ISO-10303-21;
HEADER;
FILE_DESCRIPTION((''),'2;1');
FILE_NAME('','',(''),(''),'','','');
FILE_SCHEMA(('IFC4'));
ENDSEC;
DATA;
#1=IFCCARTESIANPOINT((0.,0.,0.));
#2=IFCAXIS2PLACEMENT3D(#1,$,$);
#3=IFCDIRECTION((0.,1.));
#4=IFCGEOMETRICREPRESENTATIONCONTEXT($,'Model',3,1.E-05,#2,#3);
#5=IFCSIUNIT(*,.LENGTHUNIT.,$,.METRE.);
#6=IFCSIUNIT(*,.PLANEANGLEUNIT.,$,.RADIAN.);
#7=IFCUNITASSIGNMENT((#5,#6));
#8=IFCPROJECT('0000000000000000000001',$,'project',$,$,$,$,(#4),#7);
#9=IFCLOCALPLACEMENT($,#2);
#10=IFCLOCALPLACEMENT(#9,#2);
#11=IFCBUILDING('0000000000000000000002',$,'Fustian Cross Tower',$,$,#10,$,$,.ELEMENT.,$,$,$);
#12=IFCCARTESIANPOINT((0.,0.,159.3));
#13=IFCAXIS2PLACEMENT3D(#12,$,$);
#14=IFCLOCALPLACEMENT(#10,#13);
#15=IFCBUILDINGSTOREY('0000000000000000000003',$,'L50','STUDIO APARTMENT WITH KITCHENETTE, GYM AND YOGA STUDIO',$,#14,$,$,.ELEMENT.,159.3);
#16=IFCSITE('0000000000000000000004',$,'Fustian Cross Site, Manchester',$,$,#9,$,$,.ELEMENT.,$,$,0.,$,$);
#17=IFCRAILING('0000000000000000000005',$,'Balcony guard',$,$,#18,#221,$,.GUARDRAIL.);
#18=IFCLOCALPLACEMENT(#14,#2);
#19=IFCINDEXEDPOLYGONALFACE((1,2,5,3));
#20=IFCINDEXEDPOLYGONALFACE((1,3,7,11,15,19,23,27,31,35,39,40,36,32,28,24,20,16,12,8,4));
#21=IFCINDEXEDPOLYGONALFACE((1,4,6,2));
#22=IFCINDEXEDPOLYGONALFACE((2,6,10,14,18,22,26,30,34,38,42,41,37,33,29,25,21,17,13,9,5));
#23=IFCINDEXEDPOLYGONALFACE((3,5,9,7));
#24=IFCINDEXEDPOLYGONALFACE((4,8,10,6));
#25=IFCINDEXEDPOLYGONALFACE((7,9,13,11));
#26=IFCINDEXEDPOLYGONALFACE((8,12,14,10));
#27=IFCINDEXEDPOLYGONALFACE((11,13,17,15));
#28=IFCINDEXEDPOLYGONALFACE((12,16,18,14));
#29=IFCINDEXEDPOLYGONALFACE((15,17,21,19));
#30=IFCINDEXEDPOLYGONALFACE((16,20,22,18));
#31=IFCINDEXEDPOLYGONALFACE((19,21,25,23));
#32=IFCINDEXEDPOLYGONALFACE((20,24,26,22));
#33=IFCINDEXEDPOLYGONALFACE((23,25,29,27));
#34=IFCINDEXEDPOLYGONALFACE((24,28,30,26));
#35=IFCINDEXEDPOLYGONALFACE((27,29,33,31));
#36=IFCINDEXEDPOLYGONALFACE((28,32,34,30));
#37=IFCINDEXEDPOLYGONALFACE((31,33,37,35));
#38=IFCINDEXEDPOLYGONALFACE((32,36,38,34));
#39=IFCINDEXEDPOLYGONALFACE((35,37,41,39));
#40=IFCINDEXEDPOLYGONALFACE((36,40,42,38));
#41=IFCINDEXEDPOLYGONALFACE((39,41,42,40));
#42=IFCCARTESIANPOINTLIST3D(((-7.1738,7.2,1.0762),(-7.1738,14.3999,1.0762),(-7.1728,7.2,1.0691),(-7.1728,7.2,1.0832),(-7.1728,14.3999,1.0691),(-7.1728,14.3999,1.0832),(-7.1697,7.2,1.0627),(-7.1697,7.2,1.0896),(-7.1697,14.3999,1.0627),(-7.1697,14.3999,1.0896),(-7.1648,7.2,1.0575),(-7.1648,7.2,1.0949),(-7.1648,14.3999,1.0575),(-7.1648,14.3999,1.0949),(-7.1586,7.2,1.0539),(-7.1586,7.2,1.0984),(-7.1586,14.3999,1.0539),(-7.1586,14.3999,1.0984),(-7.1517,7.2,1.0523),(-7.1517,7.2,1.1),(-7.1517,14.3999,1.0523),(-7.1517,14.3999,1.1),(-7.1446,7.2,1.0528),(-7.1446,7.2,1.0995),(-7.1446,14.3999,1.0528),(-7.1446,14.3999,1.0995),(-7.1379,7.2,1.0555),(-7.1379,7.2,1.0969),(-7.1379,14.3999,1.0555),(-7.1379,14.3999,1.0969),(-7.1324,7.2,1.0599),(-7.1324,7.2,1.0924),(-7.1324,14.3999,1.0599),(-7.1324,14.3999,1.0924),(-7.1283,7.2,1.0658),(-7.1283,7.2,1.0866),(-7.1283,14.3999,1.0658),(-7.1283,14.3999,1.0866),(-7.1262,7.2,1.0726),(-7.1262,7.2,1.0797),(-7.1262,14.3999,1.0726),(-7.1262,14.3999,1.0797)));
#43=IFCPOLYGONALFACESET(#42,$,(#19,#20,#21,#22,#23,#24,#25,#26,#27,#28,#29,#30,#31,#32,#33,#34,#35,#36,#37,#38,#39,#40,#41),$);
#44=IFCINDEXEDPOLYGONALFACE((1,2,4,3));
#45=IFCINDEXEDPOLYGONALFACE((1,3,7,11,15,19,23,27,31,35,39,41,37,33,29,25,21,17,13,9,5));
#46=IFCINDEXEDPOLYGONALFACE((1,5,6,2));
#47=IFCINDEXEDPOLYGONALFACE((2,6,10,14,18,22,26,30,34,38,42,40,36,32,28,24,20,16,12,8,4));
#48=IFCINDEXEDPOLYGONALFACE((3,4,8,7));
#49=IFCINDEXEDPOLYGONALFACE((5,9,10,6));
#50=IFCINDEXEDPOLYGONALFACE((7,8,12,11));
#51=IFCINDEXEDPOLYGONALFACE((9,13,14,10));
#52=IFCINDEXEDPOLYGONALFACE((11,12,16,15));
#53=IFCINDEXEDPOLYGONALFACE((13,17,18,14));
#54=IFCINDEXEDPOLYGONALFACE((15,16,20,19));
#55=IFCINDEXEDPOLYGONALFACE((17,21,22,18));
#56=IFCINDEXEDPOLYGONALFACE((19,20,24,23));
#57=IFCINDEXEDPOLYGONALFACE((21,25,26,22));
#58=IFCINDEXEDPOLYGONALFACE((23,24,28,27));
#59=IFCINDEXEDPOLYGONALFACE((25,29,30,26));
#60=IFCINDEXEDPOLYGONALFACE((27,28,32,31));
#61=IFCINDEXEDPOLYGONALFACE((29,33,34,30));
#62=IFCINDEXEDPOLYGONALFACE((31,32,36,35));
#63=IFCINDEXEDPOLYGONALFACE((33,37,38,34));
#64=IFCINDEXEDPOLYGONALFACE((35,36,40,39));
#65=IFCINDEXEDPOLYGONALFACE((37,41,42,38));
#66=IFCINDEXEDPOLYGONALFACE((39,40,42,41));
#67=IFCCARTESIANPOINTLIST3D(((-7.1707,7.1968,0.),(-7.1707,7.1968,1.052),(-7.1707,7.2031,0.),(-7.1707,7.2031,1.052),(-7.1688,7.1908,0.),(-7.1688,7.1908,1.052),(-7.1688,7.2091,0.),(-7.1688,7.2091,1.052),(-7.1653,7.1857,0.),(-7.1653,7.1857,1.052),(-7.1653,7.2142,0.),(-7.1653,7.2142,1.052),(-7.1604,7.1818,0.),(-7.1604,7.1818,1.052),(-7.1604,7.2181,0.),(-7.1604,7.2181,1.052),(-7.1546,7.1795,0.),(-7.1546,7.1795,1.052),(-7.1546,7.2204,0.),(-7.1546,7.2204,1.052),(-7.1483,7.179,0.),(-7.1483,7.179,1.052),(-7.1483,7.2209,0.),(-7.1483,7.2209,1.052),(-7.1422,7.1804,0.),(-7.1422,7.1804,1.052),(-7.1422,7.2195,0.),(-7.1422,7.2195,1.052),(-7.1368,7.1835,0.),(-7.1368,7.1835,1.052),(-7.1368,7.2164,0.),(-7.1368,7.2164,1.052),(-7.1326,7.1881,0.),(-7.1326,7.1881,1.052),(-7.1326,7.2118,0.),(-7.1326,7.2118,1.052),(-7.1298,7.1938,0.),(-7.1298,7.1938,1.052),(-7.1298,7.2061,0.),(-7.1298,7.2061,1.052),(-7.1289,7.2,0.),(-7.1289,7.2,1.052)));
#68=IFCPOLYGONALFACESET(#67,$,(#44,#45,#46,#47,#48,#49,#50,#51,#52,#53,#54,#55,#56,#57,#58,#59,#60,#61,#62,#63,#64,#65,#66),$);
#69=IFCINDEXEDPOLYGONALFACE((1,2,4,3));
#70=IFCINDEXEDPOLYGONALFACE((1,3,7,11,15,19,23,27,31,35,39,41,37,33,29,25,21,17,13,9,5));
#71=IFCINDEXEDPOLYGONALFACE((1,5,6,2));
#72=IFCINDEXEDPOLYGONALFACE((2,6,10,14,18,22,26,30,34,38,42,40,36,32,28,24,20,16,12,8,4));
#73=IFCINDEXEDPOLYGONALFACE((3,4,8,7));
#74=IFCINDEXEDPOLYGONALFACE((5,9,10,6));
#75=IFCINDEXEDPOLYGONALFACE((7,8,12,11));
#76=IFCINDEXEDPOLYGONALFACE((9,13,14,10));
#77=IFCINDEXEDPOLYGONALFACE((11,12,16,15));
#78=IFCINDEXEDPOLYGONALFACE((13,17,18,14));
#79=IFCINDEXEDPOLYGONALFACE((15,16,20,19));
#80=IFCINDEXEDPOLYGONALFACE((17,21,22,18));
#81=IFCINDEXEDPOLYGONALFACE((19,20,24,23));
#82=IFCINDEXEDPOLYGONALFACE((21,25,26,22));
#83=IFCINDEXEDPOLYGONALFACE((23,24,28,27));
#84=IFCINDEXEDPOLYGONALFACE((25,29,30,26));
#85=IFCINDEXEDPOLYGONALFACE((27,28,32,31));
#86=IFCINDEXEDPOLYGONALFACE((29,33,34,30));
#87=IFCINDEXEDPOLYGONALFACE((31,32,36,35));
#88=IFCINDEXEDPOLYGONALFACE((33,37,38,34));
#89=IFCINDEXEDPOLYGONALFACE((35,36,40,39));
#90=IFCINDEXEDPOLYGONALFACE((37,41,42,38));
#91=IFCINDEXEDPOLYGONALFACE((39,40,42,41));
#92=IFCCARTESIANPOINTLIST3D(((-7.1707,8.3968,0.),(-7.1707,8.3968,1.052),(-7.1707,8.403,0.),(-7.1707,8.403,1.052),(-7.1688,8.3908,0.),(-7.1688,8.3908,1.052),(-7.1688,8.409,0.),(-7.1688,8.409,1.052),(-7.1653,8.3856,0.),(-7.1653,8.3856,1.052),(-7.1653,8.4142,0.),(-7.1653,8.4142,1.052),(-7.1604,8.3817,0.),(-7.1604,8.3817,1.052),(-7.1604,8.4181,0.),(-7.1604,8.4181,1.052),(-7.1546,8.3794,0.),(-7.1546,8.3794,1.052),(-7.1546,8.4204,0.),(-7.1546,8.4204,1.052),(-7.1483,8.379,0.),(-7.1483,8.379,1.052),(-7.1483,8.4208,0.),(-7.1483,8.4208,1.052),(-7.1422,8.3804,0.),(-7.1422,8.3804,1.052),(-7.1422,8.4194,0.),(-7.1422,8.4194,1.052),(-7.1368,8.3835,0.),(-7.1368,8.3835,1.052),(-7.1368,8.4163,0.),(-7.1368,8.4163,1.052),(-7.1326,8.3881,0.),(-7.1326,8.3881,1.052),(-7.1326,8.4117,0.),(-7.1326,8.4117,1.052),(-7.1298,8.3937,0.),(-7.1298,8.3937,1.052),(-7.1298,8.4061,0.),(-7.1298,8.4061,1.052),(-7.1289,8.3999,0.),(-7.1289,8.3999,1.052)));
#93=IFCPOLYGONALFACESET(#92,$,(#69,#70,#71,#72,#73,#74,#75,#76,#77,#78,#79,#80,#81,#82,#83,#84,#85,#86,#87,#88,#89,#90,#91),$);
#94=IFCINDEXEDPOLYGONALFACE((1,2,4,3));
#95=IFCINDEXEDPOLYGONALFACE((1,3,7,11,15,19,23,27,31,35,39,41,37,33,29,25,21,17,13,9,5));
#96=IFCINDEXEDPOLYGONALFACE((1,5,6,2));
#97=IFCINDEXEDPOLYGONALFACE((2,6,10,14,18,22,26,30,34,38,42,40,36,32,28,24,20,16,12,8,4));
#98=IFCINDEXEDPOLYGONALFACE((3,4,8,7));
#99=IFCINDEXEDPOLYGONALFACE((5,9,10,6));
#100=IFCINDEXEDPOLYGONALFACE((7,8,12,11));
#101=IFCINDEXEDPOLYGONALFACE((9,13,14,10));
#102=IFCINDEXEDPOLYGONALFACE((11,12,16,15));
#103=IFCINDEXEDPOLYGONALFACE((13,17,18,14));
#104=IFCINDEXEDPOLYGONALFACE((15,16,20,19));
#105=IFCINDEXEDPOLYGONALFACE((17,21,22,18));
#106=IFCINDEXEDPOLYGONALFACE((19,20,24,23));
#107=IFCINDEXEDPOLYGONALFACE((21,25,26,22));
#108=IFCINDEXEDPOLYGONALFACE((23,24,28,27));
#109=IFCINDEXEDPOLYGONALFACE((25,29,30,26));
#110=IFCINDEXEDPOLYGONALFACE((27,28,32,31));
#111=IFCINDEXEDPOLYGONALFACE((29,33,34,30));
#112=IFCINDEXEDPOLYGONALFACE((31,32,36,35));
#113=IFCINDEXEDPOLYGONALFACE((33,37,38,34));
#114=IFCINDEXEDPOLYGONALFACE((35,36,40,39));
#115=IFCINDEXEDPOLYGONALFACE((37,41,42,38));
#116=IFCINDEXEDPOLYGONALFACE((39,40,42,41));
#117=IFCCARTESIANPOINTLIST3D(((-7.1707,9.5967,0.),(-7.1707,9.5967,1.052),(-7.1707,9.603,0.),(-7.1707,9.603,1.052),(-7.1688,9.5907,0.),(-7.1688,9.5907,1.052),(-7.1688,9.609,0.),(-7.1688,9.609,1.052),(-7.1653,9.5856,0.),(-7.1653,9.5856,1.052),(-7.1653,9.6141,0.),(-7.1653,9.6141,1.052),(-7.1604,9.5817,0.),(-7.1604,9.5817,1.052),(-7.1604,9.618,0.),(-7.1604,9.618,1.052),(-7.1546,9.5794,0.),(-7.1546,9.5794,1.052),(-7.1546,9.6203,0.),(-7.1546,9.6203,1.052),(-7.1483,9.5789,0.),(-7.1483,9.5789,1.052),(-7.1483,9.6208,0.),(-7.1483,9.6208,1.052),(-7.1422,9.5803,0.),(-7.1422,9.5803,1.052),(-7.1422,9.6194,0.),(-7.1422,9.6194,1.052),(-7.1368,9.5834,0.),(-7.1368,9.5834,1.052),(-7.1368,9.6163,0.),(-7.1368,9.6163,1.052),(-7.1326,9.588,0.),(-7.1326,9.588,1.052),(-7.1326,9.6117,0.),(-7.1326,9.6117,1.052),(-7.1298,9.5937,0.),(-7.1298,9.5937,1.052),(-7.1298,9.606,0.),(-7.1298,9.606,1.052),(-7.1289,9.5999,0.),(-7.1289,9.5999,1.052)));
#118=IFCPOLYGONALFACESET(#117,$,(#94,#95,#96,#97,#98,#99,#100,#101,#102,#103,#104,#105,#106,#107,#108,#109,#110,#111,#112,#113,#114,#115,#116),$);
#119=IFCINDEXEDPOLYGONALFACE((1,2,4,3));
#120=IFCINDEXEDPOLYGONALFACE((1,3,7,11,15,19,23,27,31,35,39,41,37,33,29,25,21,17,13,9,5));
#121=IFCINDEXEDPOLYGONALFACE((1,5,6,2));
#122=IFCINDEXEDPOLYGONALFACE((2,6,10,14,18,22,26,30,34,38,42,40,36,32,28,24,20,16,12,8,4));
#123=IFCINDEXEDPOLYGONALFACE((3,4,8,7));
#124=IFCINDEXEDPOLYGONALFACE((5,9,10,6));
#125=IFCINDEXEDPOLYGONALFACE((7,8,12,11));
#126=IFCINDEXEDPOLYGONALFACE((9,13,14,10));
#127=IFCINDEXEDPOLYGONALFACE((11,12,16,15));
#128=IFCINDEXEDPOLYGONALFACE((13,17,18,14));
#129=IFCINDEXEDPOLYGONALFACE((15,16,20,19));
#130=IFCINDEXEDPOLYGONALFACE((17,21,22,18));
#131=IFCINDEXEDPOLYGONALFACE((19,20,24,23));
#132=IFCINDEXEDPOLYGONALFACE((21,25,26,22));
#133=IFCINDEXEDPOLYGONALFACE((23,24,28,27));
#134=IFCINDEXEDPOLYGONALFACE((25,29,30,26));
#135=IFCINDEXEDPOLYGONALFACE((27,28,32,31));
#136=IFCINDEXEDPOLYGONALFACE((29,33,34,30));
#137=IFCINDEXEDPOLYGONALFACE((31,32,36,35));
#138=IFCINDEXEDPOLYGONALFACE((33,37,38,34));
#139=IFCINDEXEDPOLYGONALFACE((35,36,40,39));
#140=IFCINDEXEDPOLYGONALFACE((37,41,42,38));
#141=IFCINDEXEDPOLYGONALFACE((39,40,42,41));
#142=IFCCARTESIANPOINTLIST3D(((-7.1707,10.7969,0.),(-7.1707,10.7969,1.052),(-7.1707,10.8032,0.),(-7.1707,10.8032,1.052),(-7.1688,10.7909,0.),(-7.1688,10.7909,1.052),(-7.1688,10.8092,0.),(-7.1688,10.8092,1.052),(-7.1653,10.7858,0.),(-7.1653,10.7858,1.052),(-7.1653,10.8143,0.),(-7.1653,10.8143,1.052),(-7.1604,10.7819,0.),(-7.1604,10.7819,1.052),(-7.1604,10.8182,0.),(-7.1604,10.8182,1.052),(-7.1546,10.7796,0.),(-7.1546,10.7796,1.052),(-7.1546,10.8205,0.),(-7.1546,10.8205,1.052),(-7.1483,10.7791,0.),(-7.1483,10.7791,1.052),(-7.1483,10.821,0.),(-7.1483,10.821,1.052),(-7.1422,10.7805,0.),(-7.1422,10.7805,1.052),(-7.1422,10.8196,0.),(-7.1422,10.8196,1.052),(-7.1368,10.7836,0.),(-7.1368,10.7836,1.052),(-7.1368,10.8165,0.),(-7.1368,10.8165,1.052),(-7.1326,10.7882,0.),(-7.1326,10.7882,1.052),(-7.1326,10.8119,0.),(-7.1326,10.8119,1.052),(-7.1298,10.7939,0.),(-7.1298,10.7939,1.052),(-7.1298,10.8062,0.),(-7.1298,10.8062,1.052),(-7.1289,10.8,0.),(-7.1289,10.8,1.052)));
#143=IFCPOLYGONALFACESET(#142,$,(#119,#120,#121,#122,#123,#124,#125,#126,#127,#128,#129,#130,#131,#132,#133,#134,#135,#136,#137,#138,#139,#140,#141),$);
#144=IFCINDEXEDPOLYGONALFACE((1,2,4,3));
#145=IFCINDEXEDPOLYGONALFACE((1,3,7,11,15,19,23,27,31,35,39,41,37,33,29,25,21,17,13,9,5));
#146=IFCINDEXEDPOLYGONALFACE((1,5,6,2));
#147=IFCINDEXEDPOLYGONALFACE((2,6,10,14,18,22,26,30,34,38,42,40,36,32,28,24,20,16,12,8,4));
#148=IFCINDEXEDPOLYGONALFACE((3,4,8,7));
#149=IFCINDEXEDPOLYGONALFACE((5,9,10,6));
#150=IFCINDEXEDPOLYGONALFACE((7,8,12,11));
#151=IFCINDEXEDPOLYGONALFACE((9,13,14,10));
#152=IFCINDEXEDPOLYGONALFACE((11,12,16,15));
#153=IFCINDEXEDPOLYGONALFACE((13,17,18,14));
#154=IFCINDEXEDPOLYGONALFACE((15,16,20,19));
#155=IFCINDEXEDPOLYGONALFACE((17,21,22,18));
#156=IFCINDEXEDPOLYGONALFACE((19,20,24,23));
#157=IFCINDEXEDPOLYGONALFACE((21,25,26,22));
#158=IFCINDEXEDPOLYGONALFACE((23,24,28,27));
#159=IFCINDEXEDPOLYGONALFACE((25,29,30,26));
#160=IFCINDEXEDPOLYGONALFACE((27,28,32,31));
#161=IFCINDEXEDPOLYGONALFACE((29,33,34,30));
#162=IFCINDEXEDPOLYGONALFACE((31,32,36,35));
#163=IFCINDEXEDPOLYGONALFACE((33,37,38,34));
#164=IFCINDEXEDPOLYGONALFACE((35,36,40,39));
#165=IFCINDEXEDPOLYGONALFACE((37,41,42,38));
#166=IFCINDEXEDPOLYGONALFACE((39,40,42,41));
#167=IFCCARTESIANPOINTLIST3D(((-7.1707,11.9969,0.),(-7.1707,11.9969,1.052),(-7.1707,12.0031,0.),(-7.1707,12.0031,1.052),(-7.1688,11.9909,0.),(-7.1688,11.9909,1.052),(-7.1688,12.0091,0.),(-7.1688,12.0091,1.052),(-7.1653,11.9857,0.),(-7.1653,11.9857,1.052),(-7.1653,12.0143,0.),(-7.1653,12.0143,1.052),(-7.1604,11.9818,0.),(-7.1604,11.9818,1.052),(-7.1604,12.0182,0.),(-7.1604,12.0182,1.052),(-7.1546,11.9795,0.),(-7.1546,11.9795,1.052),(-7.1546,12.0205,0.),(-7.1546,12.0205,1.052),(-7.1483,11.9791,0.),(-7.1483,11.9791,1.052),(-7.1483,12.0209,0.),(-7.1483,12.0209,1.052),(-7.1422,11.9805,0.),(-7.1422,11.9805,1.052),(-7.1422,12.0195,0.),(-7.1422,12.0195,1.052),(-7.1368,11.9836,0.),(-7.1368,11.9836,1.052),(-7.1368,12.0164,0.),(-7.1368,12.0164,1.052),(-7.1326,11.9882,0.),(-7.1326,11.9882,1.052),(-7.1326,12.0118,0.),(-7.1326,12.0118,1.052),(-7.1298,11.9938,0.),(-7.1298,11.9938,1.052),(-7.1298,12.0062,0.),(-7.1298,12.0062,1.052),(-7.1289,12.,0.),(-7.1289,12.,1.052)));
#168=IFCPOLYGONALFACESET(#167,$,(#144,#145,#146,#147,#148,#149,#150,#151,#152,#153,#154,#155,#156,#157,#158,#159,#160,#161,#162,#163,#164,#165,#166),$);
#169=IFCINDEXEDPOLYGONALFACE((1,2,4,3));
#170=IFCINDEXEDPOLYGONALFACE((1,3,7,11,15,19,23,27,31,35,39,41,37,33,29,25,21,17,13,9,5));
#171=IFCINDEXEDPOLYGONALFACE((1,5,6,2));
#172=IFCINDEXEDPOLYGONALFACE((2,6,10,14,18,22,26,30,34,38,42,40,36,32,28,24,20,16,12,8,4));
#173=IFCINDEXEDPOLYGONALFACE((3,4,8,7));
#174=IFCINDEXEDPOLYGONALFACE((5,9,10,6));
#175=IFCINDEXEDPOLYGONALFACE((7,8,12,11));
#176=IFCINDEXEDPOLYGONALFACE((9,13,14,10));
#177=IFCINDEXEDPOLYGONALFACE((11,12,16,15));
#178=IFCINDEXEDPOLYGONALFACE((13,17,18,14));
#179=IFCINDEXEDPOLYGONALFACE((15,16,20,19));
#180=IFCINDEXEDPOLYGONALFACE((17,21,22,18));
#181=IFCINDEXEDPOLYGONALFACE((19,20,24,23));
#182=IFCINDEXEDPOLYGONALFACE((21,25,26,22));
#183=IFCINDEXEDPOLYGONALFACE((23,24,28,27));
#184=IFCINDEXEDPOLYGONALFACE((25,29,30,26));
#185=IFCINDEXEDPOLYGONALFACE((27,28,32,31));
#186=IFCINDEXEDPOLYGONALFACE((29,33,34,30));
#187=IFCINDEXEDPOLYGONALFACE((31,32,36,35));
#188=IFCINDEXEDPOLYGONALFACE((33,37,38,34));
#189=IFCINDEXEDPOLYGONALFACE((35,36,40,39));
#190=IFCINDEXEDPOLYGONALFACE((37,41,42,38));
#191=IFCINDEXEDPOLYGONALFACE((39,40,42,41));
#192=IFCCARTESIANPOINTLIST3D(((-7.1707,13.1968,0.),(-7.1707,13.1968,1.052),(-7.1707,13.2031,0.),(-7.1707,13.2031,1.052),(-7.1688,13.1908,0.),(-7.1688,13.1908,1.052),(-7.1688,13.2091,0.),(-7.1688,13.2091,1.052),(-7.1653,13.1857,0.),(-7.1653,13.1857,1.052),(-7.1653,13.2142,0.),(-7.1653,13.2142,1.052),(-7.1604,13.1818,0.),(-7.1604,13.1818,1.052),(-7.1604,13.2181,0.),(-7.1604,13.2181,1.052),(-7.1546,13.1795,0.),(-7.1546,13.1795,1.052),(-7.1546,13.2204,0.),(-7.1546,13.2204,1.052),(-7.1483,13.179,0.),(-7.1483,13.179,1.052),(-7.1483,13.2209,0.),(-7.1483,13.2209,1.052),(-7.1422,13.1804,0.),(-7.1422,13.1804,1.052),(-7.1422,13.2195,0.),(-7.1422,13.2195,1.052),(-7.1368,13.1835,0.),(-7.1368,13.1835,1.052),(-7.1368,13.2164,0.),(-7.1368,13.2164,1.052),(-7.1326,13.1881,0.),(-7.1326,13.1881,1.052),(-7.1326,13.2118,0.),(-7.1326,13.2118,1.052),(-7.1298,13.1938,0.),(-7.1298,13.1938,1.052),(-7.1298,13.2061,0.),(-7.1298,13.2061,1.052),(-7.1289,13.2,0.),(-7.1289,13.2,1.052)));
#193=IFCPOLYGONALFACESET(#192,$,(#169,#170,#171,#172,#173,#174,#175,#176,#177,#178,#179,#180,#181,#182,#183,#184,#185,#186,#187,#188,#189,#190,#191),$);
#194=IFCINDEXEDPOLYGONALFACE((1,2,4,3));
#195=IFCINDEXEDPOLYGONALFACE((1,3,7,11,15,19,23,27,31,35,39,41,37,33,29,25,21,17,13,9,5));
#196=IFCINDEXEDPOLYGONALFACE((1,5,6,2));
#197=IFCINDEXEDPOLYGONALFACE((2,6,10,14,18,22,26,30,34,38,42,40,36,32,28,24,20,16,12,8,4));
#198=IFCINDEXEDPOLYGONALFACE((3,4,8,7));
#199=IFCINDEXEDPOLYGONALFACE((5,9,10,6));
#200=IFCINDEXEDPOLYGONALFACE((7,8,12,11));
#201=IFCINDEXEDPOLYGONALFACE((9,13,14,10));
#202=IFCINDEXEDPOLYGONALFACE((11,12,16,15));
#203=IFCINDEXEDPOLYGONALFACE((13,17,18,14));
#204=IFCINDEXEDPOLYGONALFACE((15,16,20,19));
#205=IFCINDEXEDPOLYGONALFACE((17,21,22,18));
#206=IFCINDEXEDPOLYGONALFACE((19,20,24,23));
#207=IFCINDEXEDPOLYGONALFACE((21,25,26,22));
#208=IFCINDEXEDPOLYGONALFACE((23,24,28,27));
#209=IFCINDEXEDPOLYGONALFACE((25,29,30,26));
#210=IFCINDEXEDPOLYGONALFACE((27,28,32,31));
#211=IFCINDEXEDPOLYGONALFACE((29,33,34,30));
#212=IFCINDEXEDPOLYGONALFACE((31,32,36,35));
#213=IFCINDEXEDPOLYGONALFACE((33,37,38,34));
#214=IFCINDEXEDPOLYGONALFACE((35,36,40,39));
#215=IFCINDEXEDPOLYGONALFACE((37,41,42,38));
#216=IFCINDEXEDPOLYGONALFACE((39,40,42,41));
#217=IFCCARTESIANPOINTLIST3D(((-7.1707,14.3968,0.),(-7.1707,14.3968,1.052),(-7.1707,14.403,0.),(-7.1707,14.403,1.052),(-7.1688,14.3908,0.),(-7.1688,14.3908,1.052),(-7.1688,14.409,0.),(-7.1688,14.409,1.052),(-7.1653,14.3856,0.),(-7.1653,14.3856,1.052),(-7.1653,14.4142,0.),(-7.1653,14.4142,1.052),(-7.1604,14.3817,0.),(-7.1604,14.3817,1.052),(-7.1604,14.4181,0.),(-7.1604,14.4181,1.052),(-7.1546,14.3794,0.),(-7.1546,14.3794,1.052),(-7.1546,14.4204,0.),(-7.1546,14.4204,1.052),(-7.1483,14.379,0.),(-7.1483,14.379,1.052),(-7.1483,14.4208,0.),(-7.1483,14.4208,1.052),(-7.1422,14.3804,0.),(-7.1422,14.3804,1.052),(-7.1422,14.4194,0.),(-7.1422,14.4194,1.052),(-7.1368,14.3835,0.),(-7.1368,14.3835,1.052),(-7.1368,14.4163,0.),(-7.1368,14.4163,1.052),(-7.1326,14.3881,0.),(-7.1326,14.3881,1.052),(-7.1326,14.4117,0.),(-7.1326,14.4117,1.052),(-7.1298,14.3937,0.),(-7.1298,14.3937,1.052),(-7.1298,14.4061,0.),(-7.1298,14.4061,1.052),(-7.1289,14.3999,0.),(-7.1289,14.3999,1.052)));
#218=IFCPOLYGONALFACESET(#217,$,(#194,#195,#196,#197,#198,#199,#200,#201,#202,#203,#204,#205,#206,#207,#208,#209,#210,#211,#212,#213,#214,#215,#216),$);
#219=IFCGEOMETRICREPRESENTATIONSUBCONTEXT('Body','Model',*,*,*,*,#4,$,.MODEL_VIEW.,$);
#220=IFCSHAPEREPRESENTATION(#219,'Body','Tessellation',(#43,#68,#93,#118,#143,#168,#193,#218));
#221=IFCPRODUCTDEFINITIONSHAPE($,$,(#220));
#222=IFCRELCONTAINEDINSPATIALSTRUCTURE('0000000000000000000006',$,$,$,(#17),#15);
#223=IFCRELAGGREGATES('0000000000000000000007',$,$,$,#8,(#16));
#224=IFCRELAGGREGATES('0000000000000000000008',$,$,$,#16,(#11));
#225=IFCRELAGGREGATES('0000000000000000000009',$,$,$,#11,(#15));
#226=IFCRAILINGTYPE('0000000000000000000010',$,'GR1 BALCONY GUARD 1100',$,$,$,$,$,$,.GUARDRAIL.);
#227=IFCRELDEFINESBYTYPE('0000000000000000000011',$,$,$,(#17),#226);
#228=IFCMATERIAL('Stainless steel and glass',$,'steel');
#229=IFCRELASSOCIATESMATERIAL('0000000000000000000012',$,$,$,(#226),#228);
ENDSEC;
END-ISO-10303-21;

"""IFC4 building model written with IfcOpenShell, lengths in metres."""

from ifc_helpers import new_model, si_unit, direction, frame, origin, origin_2d, place, context, subcontext, project, spatial, circle, extrude, material, type_object, element, save


model = new_model("IFC4")

# Units and contexts
model_context = context("Model", 3, precision=1e-05, world=origin(), true_north=direction((0.0, 1.0)))
body_context = subcontext(model_context, "Body", "Model", "MODEL_VIEW")
ifc_project = project(units=[si_unit("LENGTHUNIT", "METRE"), si_unit("PLANEANGLEUNIT", "RADIAN")], contexts=[model_context])

# Site, building, storey
site_placement = place(None, origin())
site = spatial("IfcSite", under=ifc_project, at=site_placement, Name="Fustian Cross Site, Manchester", CompositionType="ELEMENT", RefElevation=0.0)
building_placement = place(site_placement, origin())
building = spatial("IfcBuilding", under=site, at=building_placement, Name="Fustian Cross Tower", CompositionType="ELEMENT")
storey_placement = place(building_placement, frame((0.0, 0.0, 159.3)))
storey = spatial("IfcBuildingStorey", under=building, at=storey_placement, Name="L50", Description="STUDIO APARTMENT WITH KITCHENETTE, GYM AND YOGA STUDIO", CompositionType="ELEMENT", Elevation=159.3)

# Railing
ifc_material_1 = material(Name="Stainless steel and glass", Category="steel")
railing_type = type_object("IfcRailingType", Name="GR1 BALCONY GUARD 1100", PredefinedType="GUARDRAIL", material=ifc_material_1)
railing_placement = place(storey_placement, frame((-7.1499, 7.2, 0.0)))
element("IfcRailing", 1, at=railing_placement, inside=storey, type_object=railing_type, Name="Balcony guard", PredefinedType="GUARDRAIL", context=body_context, shape_type="SweptSolid", body=[
    extrude(circle(Radius=0.0239, at=origin_2d()), frame((0.0, 0.0, 1.0762), z_axis=(0.0, 1.0, 0.0), x_axis=(-1.0, 0.0, 0.0)), (0.0, 0.0, 1.0), 7.2),
    extrude(circle(Radius=0.021, at=origin_2d()), origin(), (0.0, 0.0, 1.0), 1.052),
    extrude(circle(Radius=0.021, at=origin_2d()), frame((0.0, 1.2, 0.0)), (0.0, 0.0, 1.0), 1.052),
    extrude(circle(Radius=0.021, at=origin_2d()), frame((0.0, 2.3999, 0.0)), (0.0, 0.0, 1.0), 1.052),
    extrude(circle(Radius=0.021, at=origin_2d()), frame((0.0, 3.6001, 0.0)), (0.0, 0.0, 1.0), 1.052),
    extrude(circle(Radius=0.021, at=origin_2d()), frame((0.0, 4.8, 0.0)), (0.0, 0.0, 1.0), 1.052),
    extrude(circle(Radius=0.021, at=origin_2d()), frame((0.0, 6.0, 0.0)), (0.0, 0.0, 1.0), 1.052),
    extrude(circle(Radius=0.021, at=origin_2d()), frame((0.0, 7.2, 0.0)), (0.0, 0.0, 1.0), 1.052),
])

save(model, "model.ifc")
